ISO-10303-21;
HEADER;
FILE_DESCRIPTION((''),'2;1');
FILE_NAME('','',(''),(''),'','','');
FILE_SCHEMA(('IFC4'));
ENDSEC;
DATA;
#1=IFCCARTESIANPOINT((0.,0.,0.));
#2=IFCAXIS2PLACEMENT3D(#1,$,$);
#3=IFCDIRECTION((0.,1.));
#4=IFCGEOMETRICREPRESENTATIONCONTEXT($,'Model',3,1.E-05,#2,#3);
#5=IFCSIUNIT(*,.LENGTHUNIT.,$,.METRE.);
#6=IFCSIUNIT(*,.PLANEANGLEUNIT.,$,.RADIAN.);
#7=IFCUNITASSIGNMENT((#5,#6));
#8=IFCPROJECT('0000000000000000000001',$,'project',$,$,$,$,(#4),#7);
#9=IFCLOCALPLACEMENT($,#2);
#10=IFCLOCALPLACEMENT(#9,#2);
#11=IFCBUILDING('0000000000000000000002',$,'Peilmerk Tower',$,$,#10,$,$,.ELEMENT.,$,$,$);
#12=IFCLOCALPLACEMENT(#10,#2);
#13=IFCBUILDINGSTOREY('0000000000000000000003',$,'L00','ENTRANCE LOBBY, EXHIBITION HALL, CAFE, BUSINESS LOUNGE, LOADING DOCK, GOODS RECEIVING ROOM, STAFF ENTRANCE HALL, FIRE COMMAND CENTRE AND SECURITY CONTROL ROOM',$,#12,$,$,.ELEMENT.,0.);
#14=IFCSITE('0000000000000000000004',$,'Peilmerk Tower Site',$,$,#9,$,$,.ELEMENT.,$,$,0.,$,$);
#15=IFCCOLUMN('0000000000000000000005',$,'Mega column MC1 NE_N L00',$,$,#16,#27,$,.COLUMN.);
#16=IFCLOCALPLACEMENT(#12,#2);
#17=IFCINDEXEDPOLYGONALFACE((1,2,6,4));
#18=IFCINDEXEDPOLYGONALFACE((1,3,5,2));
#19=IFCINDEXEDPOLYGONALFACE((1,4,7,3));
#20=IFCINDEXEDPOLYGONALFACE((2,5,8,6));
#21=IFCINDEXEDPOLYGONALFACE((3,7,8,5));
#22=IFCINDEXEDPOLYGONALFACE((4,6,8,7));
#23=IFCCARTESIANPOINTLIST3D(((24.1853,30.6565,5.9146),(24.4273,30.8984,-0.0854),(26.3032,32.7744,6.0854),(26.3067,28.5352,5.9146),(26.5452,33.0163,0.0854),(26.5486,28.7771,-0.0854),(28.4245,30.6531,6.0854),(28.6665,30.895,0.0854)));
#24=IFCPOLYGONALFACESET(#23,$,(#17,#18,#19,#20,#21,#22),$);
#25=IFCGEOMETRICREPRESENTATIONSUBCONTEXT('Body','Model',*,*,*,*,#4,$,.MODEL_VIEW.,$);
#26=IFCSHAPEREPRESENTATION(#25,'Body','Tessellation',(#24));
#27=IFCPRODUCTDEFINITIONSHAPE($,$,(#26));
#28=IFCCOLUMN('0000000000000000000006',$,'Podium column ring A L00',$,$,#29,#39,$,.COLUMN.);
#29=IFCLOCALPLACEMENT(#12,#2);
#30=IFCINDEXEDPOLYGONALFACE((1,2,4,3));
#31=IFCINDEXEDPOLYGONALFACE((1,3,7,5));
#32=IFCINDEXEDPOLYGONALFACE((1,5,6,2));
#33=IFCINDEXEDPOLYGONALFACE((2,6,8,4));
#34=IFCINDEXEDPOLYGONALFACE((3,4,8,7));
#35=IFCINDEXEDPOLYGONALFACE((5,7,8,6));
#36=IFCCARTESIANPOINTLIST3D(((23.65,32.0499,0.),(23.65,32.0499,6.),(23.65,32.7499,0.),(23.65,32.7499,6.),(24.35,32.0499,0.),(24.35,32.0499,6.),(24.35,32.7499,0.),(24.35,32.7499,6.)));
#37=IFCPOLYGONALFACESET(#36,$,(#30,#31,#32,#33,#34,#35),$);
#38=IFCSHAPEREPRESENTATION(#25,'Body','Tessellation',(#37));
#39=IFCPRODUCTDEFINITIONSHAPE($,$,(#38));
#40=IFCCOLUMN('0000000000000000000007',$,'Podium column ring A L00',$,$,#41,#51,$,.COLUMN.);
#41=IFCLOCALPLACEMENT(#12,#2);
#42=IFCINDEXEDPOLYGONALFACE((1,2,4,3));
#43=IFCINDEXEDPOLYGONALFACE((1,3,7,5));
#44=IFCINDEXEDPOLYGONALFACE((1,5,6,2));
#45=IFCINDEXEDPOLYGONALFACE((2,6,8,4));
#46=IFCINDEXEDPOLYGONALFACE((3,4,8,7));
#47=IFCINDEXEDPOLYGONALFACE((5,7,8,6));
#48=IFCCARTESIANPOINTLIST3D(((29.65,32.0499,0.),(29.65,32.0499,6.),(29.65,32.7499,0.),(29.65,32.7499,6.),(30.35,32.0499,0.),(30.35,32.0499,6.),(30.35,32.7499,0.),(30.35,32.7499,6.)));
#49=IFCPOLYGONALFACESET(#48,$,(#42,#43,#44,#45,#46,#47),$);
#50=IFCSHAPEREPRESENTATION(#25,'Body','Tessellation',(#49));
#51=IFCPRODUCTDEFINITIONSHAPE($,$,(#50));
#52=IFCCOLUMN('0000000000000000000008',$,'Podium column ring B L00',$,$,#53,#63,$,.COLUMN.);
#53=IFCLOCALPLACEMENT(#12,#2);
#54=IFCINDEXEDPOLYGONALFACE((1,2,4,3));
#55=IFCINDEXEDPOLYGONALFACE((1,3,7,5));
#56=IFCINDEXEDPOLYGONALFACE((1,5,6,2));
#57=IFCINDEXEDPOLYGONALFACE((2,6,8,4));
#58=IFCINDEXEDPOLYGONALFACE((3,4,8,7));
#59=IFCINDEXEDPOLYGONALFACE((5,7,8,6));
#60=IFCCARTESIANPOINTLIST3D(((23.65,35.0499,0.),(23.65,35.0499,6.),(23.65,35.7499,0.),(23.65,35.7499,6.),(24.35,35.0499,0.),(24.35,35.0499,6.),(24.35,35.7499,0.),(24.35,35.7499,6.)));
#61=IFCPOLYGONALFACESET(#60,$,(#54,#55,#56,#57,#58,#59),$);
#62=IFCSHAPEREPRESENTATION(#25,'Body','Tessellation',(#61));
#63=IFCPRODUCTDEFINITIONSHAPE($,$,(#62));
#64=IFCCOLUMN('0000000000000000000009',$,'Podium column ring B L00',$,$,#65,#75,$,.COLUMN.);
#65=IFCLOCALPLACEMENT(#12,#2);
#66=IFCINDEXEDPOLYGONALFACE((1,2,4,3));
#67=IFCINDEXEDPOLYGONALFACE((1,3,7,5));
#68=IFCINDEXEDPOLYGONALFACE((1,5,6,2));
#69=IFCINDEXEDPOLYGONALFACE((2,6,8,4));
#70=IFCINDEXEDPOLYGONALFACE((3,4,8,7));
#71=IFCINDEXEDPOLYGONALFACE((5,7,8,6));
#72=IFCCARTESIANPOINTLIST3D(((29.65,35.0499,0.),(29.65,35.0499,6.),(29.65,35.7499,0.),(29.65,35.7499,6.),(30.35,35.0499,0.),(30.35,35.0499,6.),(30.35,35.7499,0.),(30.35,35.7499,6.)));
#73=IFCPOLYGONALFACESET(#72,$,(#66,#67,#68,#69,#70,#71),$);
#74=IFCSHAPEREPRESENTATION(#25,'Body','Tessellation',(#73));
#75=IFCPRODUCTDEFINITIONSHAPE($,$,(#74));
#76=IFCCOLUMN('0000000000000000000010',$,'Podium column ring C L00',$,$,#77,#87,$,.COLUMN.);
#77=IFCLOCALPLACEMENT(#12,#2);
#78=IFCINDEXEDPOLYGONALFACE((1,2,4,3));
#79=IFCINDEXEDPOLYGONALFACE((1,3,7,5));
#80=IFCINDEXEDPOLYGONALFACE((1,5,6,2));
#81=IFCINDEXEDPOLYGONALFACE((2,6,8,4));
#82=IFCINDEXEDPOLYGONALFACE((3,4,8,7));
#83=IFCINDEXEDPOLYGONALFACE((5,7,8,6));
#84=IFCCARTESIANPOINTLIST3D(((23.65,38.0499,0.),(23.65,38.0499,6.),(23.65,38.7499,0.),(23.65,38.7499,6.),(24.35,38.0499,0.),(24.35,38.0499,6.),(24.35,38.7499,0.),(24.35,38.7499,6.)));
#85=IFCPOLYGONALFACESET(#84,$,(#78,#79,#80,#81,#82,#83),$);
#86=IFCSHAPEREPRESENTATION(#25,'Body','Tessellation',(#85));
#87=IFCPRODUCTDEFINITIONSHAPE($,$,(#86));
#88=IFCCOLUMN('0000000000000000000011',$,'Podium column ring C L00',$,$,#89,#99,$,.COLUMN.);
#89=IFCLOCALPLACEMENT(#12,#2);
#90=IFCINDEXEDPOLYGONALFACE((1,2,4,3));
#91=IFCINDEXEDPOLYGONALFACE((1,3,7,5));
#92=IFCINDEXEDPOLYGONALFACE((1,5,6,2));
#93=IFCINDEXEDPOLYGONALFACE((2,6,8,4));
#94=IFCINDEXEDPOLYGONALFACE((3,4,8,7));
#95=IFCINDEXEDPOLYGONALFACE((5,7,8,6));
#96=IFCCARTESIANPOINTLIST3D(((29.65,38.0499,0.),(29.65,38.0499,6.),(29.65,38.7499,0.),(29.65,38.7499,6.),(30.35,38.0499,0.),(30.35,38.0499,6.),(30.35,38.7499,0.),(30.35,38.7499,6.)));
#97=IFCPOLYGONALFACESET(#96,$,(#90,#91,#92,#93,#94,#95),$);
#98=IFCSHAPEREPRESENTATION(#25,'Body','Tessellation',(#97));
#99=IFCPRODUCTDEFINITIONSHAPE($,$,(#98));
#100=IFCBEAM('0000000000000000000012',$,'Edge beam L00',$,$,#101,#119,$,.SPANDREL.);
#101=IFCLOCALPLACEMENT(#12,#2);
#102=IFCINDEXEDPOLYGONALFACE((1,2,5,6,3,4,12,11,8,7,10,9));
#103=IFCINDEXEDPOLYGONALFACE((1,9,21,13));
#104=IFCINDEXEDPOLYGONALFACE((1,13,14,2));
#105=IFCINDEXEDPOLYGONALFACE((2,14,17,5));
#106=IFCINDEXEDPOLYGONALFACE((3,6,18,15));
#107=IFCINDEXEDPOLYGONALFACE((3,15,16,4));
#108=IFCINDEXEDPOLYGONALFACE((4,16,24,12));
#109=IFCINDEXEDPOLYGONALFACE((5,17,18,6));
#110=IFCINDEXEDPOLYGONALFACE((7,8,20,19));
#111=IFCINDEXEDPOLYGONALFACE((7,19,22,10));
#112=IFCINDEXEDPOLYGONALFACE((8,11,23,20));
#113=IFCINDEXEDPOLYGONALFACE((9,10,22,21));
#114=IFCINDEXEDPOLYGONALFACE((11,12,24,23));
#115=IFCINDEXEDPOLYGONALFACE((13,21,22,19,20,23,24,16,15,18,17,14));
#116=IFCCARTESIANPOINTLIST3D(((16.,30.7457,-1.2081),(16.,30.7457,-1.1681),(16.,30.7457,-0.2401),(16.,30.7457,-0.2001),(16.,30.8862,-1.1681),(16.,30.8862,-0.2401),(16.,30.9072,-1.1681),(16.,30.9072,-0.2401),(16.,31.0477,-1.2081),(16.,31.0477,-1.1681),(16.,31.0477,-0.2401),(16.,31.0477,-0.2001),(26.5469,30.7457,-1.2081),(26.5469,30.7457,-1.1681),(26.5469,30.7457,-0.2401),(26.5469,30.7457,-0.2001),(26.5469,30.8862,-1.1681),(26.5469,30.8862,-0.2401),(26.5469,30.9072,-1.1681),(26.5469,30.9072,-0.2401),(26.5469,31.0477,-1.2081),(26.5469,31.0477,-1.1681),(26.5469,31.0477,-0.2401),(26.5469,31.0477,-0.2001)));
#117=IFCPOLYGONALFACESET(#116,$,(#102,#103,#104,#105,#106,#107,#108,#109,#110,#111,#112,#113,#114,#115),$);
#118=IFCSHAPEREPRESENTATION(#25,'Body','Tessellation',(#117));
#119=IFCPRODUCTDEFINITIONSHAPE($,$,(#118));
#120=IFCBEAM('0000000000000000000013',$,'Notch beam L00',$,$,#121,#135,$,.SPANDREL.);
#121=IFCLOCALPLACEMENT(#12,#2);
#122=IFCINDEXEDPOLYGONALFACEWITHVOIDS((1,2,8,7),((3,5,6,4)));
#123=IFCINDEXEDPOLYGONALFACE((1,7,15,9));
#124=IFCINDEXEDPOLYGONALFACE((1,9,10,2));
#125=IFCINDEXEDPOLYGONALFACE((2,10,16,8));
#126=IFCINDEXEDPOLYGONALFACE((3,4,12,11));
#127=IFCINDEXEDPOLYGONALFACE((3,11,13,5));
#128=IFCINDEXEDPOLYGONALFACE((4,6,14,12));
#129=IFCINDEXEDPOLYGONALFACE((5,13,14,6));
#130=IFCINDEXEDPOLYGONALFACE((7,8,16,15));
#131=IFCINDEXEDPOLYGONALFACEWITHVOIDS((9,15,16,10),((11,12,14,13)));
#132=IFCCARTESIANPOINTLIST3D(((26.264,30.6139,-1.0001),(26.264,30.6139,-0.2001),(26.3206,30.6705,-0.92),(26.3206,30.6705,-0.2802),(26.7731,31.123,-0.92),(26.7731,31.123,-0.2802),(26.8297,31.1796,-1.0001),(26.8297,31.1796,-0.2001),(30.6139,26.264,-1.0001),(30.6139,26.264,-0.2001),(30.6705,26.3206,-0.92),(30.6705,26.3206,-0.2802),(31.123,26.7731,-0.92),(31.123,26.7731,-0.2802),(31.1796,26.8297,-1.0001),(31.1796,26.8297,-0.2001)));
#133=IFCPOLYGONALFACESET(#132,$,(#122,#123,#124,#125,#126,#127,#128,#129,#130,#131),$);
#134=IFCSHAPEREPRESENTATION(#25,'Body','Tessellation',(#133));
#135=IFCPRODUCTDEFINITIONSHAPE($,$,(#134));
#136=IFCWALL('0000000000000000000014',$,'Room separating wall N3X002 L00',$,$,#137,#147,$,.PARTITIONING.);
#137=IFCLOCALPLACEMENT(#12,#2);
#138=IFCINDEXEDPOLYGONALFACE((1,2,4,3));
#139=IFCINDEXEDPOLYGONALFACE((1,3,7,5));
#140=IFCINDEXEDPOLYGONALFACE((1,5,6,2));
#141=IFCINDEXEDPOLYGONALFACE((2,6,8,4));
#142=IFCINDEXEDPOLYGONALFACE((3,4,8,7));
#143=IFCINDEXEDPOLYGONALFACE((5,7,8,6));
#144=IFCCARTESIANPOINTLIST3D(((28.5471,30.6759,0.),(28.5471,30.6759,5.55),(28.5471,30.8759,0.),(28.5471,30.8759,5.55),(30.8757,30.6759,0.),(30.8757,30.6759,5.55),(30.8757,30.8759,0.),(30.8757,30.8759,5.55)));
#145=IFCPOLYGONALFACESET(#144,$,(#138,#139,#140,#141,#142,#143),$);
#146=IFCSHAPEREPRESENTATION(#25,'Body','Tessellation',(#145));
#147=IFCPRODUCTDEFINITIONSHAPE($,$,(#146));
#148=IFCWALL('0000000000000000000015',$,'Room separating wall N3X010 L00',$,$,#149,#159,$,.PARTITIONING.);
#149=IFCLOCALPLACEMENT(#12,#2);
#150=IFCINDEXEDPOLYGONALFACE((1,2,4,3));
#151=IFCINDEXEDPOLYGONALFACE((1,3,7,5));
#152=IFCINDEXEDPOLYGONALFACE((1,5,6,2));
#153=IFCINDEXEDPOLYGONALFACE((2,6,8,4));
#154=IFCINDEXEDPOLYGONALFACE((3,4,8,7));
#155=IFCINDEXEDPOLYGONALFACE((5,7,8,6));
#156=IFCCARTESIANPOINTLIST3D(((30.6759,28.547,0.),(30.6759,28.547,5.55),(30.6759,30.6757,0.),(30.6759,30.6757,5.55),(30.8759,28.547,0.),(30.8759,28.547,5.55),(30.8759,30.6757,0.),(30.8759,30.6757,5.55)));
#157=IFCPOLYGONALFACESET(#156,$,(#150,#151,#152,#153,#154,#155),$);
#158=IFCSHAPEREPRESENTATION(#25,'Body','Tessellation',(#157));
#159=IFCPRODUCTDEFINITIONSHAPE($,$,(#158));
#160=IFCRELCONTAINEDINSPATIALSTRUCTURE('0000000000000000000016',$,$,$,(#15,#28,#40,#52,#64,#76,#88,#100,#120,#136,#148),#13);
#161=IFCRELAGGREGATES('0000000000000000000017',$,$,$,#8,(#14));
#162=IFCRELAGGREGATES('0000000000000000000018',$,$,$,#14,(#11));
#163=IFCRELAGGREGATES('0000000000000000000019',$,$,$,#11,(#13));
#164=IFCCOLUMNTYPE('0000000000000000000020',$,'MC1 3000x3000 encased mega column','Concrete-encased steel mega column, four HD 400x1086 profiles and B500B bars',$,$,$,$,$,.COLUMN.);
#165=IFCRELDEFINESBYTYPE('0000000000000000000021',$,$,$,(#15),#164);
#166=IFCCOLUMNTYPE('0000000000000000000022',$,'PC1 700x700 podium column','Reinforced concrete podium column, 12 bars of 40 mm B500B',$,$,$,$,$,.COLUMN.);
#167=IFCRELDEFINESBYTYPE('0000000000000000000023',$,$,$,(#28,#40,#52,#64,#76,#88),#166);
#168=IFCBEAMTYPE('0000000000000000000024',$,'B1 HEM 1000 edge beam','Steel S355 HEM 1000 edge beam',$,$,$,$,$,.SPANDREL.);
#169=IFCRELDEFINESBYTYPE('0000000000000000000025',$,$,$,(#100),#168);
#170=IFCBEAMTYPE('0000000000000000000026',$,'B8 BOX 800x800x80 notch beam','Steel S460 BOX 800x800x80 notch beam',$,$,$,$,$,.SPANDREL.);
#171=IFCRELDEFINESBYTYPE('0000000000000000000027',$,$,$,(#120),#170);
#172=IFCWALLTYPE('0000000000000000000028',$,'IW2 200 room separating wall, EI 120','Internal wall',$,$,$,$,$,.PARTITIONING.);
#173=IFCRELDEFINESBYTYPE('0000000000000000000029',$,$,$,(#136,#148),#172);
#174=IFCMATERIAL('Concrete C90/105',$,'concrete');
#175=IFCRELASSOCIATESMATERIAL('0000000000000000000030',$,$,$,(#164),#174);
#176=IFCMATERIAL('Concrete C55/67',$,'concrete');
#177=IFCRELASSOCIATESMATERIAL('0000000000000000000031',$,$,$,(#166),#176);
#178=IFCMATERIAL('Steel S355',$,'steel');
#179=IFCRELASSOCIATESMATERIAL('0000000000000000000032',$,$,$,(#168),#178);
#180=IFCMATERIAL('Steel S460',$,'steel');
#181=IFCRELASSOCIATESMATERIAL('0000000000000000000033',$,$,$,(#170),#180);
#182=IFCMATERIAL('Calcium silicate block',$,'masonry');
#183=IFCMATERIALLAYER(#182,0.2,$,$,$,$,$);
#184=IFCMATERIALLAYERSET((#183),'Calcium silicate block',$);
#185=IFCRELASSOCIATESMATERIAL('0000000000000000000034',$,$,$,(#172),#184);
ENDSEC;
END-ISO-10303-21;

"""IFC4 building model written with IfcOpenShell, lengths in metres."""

from ifc_helpers import new_model, si_unit, direction, frame, frame_2d, origin, origin_2d, place, context, subcontext, project, spatial, rectangle, hollow_rectangle, i_section, extrude, material, layer, layer_set, material_profile, profile_set, type_object, element, save


model = new_model("IFC4")

# Units and contexts
model_context = context("Model", 3, precision=1e-05, world=origin(), true_north=direction((0.0, 1.0)))
body_context = subcontext(model_context, "Body", "Model", "MODEL_VIEW")
ifc_project = project(units=[si_unit("LENGTHUNIT", "METRE"), si_unit("PLANEANGLEUNIT", "RADIAN")], contexts=[model_context])

# Site, building, storey
site_placement = place(None, origin())
site = spatial("IfcSite", under=ifc_project, at=site_placement, Name="Peilmerk Tower Site", CompositionType="ELEMENT", RefElevation=0.0)
building_placement = place(site_placement, origin())
building = spatial("IfcBuilding", under=site, at=building_placement, Name="Peilmerk Tower", CompositionType="ELEMENT")
storey_placement = place(building_placement, origin())
storey = spatial("IfcBuildingStorey", under=building, at=storey_placement, Name="L00", Description="ENTRANCE LOBBY, EXHIBITION HALL, CAFE, BUSINESS LOUNGE, LOADING DOCK, GOODS RECEIVING ROOM, STAFF ENTRANCE HALL, FIRE COMMAND CENTRE AND SECURITY CONTROL ROOM", CompositionType="ELEMENT", Elevation=0.0)

# Columns
ifc_material_1 = material(Name="Concrete C90/105", Category="concrete")
ifc_material_profile_1 = material_profile(ifc_material_1, rectangle(XDim=3.0, YDim=3.0, at=origin_2d()), Name="RC 3000x3000")
ifc_profile_set_1 = profile_set([ifc_material_profile_1], Name="Concrete C90/105")
column_type_1 = type_object("IfcColumnType", Name="MC1 3000x3000 encased mega column", Description="Concrete-encased steel mega column, four HD 400x1086 profiles and B500B bars", PredefinedType="COLUMN", material=ifc_profile_set_1)
column_placement = place(storey_placement, frame((26.5469, 30.8967, 0.0), z_axis=(-0.040258, -0.040258, 0.998378), x_axis=(0.707107, -0.707107, 0.0)))
element("IfcColumn", 1, at=column_placement, inside=storey, type_object=column_type_1, Name="Mega column MC1 NE_N L00", PredefinedType="COLUMN", context=body_context, shape_type="SweptSolid", body=[
    extrude(rectangle(XDim=3.0, YDim=3.0, at=origin_2d()), origin(), (0.0, 0.0, 1.0), 6.0098),
])
ifc_material_2 = material(Name="Concrete C55/67", Category="concrete")
ifc_material_profile_2 = material_profile(ifc_material_2, rectangle(XDim=0.7, YDim=0.7, at=origin_2d()), Name="RC 700x700")
ifc_profile_set_2 = profile_set([ifc_material_profile_2], Name="Concrete C55/67")
column_type_2 = type_object("IfcColumnType", Name="PC1 700x700 podium column", Description="Reinforced concrete podium column, 12 bars of 40 mm B500B", PredefinedType="COLUMN", material=ifc_profile_set_2)
for number, where, z_axis, x_axis, name in (
    (2, (24.0, 32.3999, 0.0), (0.0, 0.0, 1.0), (1.0, 0.0, 0.0), "Podium column ring A L00"),
    (3, (30.0, 32.3999, 0.0), (0.0, 0.0, 1.0), (1.0, 0.0, 0.0), "Podium column ring A L00"),
    (4, (24.0, 35.3999, 0.0), (0.0, 0.0, 1.0), (1.0, 0.0, 0.0), "Podium column ring B L00"),
    (5, (30.0, 35.3999, 0.0), (0.0, 0.0, 1.0), (1.0, 0.0, 0.0), "Podium column ring B L00"),
    (6, (24.0, 38.3999, 0.0), (0.0, 0.0, 1.0), (1.0, 0.0, 0.0), "Podium column ring C L00"),
    (7, (30.0, 38.3999, 0.0), (0.0, 0.0, 1.0), (1.0, 0.0, 0.0), "Podium column ring C L00"),
):
    element("IfcColumn", number, at=place(storey_placement, frame(where, z_axis=z_axis, x_axis=x_axis)), inside=storey, type_object=column_type_2, Name=name, PredefinedType="COLUMN", context=body_context, shape_type="SweptSolid", body=[
        extrude(rectangle(XDim=0.7, YDim=0.7, at=origin_2d()), origin(), (0.0, 0.0, 1.0), 6.0),
    ])

# Beams
ifc_material_3 = material(Name="Steel S355", Category="steel")
ifc_material_profile_3 = material_profile(ifc_material_3, i_section(OverallWidth=0.302, OverallDepth=1.0081, WebThickness=0.021, FlangeThickness=0.04, at=origin_2d()), Name="HEM 1000")
ifc_profile_set_3 = profile_set([ifc_material_profile_3], Name="Steel S355")
beam_type_1 = type_object("IfcBeamType", Name="B1 HEM 1000 edge beam", Description="Steel S355 HEM 1000 edge beam", PredefinedType="SPANDREL", material=ifc_profile_set_3)
beam_1_placement = place(storey_placement, frame((26.5469, 30.8967, -0.7041), z_axis=(-1.0, 0.0, 0.0), x_axis=(0.0, -1.0, 0.0)))
element("IfcBeam", 8, at=beam_1_placement, inside=storey, type_object=beam_type_1, Name="Edge beam L00", PredefinedType="SPANDREL", context=body_context, shape_type="SweptSolid", body=[
    extrude(i_section(OverallWidth=0.302, OverallDepth=1.0081, WebThickness=0.021, FlangeThickness=0.04, at=origin_2d()), origin(), (0.0, 0.0, 1.0), 10.5469),
])
ifc_material_4 = material(Name="Steel S460", Category="steel")
ifc_material_profile_4 = material_profile(ifc_material_4, hollow_rectangle(XDim=0.8, YDim=0.8, WallThickness=0.0801, at=origin_2d()), Name="BOX 800x800x80")
ifc_profile_set_4 = profile_set([ifc_material_profile_4], Name="Steel S460")
beam_type_2 = type_object("IfcBeamType", Name="B8 BOX 800x800x80 notch beam", Description="Steel S460 BOX 800x800x80 notch beam", PredefinedType="SPANDREL", material=ifc_profile_set_4)
beam_2_placement = place(storey_placement, frame((26.5469, 30.8967, -0.6001), z_axis=(0.707107, -0.707107, 0.0), x_axis=(0.707107, 0.707107, 0.0)))
element("IfcBeam", 9, at=beam_2_placement, inside=storey, type_object=beam_type_2, Name="Notch beam L00", PredefinedType="SPANDREL", context=body_context, shape_type="SweptSolid", body=[
    extrude(hollow_rectangle(XDim=0.8, YDim=0.8, WallThickness=0.0801, at=origin_2d()), origin(), (0.0, 0.0, 1.0), 6.1516),
])

# Walls
ifc_material_5 = material(Name="Calcium silicate block", Category="masonry")
ifc_layer = layer(ifc_material_5, 0.2)
ifc_layer_set = layer_set([ifc_layer], Name="Calcium silicate block")
wall_type = type_object("IfcWallType", Name="IW2 200 room separating wall, EI 120", Description="Internal wall", PredefinedType="PARTITIONING", material=ifc_layer_set)
wall_1_placement = place(storey_placement, frame((28.5471, 30.7759, 0.0), z_axis=(0.0, 0.0, 1.0), x_axis=(1.0, 0.0, 0.0)))
element("IfcWall", 10, at=wall_1_placement, inside=storey, type_object=wall_type, Name="Room separating wall N3X002 L00", PredefinedType="PARTITIONING", context=body_context, shape_type="SweptSolid", body=[
    extrude(rectangle(XDim=2.3286, YDim=0.2, at=frame_2d((1.1643, 0.0))), origin(), (0.0, 0.0, 1.0), 5.55),
])
wall_2_placement = place(storey_placement, frame((30.7759, 30.6758, 0.0), z_axis=(0.0, 0.0, 1.0), x_axis=(0.0, -1.0, 0.0)))
element("IfcWall", 11, at=wall_2_placement, inside=storey, type_object=wall_type, Name="Room separating wall N3X010 L00", PredefinedType="PARTITIONING", context=body_context, shape_type="SweptSolid", body=[
    extrude(rectangle(XDim=2.1287, YDim=0.2, at=frame_2d((1.0645, 0.0))), origin(), (0.0, 0.0, 1.0), 5.55),
])

save(model, "model.ifc")
